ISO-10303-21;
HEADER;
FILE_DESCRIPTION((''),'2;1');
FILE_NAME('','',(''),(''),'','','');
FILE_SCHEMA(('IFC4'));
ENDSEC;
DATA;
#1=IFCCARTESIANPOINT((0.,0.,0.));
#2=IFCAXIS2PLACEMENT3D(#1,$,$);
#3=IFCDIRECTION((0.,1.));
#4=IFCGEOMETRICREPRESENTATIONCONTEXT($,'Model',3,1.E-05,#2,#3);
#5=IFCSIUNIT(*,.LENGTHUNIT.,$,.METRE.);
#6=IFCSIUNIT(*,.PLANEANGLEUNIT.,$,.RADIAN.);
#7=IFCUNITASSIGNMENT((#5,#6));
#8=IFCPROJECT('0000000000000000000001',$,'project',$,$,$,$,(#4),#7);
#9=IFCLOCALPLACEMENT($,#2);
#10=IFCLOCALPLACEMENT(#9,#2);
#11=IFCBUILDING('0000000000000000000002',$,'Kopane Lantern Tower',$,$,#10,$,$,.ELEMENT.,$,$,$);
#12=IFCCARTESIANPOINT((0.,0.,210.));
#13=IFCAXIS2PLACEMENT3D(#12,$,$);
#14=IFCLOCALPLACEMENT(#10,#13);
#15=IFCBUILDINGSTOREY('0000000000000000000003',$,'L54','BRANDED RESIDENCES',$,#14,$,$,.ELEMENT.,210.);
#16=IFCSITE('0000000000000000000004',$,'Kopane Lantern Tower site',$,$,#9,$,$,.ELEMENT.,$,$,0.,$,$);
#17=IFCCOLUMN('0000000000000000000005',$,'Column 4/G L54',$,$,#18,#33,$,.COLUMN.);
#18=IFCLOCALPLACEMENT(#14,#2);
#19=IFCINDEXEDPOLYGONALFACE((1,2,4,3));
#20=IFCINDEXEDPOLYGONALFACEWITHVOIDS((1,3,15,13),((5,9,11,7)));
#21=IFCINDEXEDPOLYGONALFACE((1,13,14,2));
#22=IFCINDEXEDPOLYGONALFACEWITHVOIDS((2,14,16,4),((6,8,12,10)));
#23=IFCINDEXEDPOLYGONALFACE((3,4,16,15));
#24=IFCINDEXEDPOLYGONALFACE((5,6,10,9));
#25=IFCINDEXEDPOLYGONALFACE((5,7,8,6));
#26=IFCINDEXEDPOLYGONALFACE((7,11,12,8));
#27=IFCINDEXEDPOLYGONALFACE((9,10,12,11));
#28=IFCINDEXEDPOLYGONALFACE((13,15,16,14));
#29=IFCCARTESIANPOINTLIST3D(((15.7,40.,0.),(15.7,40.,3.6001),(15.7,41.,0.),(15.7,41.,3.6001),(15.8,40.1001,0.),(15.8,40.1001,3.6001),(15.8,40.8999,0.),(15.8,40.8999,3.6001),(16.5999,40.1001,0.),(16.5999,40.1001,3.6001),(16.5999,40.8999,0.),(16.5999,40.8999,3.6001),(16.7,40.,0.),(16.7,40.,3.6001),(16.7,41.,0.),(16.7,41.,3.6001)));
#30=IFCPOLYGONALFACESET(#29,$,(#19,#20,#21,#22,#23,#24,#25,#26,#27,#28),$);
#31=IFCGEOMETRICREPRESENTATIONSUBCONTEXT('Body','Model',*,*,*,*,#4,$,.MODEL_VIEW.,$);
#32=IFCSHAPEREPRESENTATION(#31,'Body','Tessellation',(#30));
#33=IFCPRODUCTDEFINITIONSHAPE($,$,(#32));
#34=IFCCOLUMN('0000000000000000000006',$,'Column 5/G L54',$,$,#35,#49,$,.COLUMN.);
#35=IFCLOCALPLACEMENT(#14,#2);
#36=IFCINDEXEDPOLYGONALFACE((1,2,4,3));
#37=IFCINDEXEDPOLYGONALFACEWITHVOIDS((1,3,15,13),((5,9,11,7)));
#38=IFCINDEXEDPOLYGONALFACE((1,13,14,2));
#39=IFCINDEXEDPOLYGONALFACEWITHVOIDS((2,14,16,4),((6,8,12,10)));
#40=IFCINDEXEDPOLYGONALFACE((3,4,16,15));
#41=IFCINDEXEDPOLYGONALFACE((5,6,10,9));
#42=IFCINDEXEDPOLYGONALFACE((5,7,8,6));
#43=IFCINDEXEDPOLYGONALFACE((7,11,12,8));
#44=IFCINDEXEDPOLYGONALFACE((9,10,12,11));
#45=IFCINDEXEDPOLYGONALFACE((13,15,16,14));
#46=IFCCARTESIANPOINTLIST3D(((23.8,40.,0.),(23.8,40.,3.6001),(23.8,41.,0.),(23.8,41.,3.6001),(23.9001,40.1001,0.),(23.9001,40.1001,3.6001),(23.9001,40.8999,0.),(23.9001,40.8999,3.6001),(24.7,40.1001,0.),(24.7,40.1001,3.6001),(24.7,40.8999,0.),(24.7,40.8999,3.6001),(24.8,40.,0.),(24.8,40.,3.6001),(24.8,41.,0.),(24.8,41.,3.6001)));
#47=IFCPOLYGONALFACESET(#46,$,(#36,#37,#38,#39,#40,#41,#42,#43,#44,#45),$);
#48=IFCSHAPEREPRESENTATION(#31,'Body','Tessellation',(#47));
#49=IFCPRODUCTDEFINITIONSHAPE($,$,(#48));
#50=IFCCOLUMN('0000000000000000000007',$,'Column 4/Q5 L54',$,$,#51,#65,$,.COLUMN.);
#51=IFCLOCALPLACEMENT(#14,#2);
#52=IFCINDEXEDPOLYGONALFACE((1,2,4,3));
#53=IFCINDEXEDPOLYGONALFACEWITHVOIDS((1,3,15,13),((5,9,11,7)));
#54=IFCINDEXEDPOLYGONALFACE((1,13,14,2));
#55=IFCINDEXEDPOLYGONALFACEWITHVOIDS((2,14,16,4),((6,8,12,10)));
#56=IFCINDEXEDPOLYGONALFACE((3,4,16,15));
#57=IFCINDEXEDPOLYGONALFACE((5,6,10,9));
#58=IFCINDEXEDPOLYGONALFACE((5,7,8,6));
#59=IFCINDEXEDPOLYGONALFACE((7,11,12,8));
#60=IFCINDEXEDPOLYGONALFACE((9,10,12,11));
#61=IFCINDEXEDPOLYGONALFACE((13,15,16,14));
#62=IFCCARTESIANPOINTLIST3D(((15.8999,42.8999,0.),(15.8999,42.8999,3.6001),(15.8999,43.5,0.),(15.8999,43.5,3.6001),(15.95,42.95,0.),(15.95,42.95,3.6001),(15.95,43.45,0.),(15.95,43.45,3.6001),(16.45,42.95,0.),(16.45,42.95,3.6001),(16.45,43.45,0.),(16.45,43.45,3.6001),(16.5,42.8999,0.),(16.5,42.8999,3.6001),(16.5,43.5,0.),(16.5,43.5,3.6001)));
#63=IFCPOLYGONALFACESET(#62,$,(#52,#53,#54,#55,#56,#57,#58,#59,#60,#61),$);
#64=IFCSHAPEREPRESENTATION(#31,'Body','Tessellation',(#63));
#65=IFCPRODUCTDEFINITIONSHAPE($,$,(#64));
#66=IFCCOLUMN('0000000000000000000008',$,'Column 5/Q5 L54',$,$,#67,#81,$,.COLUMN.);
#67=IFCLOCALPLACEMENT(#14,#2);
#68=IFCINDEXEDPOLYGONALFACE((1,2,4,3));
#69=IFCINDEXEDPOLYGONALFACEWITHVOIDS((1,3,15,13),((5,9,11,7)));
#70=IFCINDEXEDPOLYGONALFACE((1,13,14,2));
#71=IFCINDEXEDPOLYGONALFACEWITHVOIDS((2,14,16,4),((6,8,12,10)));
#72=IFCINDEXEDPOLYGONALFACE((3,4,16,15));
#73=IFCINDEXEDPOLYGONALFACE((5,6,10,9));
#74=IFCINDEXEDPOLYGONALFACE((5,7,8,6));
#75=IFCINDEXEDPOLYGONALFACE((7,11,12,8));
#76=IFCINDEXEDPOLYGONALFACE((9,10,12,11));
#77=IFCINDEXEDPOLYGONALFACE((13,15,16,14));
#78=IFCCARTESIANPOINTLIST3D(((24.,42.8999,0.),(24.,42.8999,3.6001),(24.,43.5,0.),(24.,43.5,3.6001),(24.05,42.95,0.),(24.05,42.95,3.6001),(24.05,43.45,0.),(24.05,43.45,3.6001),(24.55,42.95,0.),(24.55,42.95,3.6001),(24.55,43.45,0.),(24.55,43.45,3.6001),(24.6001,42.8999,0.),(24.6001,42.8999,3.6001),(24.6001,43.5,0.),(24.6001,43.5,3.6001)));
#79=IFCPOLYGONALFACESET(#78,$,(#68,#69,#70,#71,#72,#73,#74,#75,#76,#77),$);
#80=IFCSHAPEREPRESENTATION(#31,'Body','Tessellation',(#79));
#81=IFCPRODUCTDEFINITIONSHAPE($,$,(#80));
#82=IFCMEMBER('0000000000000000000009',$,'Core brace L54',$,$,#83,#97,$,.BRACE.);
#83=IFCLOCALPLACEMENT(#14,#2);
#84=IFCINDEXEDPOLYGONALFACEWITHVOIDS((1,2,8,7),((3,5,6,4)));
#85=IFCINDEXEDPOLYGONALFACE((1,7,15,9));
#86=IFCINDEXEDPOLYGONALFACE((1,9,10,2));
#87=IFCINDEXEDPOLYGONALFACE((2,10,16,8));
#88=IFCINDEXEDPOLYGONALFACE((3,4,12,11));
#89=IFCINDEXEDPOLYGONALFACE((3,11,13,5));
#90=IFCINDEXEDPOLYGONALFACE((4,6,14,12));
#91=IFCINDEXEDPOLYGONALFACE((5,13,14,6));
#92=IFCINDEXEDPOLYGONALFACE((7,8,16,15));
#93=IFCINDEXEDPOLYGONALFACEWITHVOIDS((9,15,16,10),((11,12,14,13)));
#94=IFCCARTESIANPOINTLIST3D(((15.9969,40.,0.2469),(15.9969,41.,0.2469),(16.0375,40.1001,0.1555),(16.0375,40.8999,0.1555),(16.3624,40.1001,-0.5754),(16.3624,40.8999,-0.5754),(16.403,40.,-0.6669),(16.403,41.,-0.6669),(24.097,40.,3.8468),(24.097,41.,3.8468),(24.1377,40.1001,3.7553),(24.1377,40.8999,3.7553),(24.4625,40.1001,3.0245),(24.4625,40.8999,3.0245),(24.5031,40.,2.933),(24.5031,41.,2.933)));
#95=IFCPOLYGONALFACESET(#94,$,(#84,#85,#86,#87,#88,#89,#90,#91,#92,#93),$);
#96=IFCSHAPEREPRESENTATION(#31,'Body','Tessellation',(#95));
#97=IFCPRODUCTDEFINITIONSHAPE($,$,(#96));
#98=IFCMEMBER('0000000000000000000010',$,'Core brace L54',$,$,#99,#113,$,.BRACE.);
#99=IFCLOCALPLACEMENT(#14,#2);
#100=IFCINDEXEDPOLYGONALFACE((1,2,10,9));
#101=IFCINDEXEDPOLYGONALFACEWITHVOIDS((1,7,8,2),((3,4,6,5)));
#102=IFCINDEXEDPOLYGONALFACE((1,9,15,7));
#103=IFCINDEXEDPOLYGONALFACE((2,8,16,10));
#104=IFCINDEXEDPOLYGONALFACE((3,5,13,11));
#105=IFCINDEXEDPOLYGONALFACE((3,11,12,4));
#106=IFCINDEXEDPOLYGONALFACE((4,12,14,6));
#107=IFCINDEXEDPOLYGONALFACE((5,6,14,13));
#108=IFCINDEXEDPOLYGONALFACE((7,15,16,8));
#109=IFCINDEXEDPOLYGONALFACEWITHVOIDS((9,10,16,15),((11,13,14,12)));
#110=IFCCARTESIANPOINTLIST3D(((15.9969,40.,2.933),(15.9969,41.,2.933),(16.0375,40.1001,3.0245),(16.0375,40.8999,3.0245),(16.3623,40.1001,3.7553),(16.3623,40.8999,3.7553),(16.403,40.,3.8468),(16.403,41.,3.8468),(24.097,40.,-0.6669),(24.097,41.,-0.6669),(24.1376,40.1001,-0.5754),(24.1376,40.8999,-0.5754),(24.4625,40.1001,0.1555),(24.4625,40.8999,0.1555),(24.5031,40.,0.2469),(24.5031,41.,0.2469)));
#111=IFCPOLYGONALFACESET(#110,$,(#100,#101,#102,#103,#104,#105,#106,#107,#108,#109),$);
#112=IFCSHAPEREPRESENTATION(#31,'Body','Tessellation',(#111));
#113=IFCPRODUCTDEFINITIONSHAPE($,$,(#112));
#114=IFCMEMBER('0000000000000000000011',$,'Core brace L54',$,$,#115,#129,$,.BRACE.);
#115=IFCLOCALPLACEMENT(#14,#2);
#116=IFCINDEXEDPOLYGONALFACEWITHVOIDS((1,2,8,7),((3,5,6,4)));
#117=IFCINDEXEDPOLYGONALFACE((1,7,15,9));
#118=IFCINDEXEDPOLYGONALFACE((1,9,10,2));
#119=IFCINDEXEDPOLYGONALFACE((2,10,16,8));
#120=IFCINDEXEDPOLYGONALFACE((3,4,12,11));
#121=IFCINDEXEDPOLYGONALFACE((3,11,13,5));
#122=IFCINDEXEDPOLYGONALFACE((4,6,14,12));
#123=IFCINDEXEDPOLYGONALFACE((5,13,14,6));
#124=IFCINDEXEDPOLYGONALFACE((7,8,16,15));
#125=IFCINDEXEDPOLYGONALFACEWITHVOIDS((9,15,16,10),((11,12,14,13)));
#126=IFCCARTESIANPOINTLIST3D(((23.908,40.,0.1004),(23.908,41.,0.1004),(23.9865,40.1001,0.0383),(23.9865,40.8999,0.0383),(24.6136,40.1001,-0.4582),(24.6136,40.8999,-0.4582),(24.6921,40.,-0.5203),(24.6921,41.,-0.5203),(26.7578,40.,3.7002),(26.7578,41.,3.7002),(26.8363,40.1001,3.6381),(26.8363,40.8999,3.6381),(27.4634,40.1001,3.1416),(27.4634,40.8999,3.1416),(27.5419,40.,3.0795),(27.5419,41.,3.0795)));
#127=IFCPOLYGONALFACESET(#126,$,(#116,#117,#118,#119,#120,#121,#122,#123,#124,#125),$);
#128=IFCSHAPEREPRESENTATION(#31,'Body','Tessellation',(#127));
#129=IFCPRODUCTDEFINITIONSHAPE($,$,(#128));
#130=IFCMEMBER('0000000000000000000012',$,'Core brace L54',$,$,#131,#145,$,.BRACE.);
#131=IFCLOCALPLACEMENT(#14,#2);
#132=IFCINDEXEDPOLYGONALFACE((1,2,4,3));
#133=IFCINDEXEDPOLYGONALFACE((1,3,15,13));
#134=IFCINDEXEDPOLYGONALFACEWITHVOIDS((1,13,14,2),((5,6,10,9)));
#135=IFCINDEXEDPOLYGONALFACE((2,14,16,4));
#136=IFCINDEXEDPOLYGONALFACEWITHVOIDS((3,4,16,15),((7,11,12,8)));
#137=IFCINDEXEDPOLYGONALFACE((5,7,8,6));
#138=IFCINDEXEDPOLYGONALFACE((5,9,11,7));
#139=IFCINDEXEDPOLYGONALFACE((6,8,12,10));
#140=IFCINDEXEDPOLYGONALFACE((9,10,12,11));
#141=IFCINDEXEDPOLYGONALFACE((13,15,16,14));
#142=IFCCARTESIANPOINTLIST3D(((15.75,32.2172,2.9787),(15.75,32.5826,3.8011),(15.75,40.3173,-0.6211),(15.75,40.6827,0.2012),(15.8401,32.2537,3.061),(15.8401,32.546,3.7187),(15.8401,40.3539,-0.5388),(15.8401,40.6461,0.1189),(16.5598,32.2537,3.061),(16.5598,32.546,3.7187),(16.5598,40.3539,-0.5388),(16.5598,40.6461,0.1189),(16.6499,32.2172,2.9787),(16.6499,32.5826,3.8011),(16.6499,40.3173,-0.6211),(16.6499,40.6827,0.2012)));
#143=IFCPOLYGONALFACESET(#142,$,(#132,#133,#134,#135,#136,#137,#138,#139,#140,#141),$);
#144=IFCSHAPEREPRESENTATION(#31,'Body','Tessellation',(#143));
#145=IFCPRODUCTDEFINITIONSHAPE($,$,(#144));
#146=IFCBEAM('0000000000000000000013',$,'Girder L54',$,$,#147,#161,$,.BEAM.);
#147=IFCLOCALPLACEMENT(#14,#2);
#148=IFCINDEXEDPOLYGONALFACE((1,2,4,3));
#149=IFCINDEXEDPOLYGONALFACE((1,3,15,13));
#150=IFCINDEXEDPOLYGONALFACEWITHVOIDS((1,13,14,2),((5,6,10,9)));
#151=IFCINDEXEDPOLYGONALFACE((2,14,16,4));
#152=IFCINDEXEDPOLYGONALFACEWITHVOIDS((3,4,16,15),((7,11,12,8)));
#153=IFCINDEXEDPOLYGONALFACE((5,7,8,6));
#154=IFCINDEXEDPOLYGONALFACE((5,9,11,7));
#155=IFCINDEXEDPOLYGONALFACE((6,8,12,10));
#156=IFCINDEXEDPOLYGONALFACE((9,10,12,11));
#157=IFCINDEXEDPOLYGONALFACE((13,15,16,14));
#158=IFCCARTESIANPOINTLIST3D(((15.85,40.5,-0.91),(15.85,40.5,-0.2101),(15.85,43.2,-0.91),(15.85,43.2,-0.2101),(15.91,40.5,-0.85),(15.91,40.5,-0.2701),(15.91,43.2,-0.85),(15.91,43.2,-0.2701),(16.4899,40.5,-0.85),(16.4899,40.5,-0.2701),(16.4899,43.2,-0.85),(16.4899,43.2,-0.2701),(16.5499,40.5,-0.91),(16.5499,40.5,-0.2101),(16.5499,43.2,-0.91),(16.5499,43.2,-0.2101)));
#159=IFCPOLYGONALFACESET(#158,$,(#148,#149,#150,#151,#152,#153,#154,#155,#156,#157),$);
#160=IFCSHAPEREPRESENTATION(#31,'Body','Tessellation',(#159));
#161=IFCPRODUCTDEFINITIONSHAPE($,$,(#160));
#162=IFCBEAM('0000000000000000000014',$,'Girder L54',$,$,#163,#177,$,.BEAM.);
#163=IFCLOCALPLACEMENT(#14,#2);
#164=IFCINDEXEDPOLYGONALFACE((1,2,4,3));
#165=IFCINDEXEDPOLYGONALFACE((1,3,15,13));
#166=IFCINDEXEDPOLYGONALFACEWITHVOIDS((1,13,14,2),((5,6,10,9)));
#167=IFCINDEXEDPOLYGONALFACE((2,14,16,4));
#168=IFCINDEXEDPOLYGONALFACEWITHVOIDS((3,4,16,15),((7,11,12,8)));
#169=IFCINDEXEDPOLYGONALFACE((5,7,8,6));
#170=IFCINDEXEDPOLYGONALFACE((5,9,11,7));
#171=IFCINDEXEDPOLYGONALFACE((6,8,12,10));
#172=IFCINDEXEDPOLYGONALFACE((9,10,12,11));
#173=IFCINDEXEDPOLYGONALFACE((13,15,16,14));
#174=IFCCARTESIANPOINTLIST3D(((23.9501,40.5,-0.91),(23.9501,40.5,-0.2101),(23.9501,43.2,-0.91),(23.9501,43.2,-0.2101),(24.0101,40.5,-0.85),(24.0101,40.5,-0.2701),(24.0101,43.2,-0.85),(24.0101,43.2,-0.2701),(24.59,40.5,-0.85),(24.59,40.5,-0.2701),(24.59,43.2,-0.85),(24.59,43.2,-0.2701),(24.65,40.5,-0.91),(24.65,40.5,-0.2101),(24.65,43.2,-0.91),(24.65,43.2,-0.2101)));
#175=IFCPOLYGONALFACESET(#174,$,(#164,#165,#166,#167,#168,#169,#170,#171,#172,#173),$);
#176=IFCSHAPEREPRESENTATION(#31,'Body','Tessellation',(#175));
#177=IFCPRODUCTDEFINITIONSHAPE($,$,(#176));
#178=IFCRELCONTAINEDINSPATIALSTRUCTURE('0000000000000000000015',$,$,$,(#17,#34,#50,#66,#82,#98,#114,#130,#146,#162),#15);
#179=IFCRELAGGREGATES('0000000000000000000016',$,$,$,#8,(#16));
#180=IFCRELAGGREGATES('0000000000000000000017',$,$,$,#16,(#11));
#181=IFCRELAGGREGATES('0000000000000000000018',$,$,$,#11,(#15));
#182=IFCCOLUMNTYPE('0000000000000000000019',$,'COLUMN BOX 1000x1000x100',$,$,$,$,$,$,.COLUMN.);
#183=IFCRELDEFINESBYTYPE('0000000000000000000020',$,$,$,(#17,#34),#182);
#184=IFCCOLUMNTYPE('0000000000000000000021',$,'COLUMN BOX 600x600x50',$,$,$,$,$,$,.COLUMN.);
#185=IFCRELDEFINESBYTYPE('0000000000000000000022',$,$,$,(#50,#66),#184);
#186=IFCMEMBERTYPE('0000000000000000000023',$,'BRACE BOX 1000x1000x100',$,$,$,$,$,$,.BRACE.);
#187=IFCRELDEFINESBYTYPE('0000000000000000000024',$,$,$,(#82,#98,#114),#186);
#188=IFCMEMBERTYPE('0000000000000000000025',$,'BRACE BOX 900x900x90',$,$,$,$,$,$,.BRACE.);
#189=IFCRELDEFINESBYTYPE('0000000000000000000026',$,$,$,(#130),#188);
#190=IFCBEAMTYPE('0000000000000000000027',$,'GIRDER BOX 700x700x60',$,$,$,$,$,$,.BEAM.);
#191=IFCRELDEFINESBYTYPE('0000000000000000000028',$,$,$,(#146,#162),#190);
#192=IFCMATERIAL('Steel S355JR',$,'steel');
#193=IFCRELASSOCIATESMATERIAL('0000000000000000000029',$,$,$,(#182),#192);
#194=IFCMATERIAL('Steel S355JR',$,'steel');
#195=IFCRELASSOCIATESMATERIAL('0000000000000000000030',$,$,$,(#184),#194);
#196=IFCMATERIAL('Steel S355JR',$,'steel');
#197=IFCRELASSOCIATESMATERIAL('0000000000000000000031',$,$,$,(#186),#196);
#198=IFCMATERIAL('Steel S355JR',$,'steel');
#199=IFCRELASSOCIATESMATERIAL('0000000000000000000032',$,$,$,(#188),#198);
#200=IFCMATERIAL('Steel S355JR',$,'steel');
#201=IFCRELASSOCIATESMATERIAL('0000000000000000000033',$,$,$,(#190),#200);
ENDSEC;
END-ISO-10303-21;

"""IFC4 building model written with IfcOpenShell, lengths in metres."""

from ifc_helpers import new_model, si_unit, direction, frame, origin, origin_2d, place, context, subcontext, project, spatial, hollow_rectangle, extrude, material, material_profile, profile_set, type_object, element, save


model = new_model("IFC4")

# Units and contexts
model_context = context("Model", 3, precision=1e-05, world=origin(), true_north=direction((0.0, 1.0)))
body_context = subcontext(model_context, "Body", "Model", "MODEL_VIEW")
ifc_project = project(units=[si_unit("LENGTHUNIT", "METRE"), si_unit("PLANEANGLEUNIT", "RADIAN")], contexts=[model_context])

# Site, building, storey
site_placement = place(None, origin())
site = spatial("IfcSite", under=ifc_project, at=site_placement, Name="Kopane Lantern Tower site", CompositionType="ELEMENT", RefElevation=0.0)
building_placement = place(site_placement, origin())
building = spatial("IfcBuilding", under=site, at=building_placement, Name="Kopane Lantern Tower", CompositionType="ELEMENT")
storey_placement = place(building_placement, frame((0.0, 0.0, 210.0)))
storey = spatial("IfcBuildingStorey", under=building, at=storey_placement, Name="L54", Description="BRANDED RESIDENCES", CompositionType="ELEMENT", Elevation=210.0)

# Columns
ifc_material_1 = material(Name="Steel S355JR", Category="steel")
ifc_material_profile_1 = material_profile(ifc_material_1, hollow_rectangle(XDim=1.0, YDim=1.0, WallThickness=0.1001, at=origin_2d()), Name="BOX 1000x1000x100")
ifc_profile_set_1 = profile_set([ifc_material_profile_1], Name="Steel S355JR")
column_type_1 = type_object("IfcColumnType", Name="COLUMN BOX 1000x1000x100", PredefinedType="COLUMN", material=ifc_profile_set_1)
for number, where, z_axis, x_axis, name in (
    (1, (16.2, 40.5, 0.0), (0.0, 0.0, 1.0), (1.0, 0.0, 0.0), "Column 4/G L54"),
    (2, (24.3, 40.5, 0.0), (0.0, 0.0, 1.0), (1.0, 0.0, 0.0), "Column 5/G L54"),
):
    element("IfcColumn", number, at=place(storey_placement, frame(where, z_axis=z_axis, x_axis=x_axis)), inside=storey, type_object=column_type_1, Name=name, PredefinedType="COLUMN", context=body_context, shape_type="SweptSolid", body=[
        extrude(hollow_rectangle(XDim=1.0, YDim=1.0, WallThickness=0.1001, at=origin_2d()), origin(), (0.0, 0.0, 1.0), 3.6001),
    ])
ifc_material_2 = material(Name="Steel S355JR", Category="steel")
ifc_material_profile_2 = material_profile(ifc_material_2, hollow_rectangle(XDim=0.6001, YDim=0.6001, WallThickness=0.05, at=origin_2d()), Name="BOX 600x600x50")
ifc_profile_set_2 = profile_set([ifc_material_profile_2], Name="Steel S355JR")
column_type_2 = type_object("IfcColumnType", Name="COLUMN BOX 600x600x50", PredefinedType="COLUMN", material=ifc_profile_set_2)
for number, where, z_axis, x_axis, name in (
    (3, (16.2, 43.2, 0.0), (0.0, 0.0, 1.0), (1.0, 0.0, 0.0), "Column 4/Q5 L54"),
    (4, (24.3, 43.2, 0.0), (0.0, 0.0, 1.0), (1.0, 0.0, 0.0), "Column 5/Q5 L54"),
):
    element("IfcColumn", number, at=place(storey_placement, frame(where, z_axis=z_axis, x_axis=x_axis)), inside=storey, type_object=column_type_2, Name=name, PredefinedType="COLUMN", context=body_context, shape_type="SweptSolid", body=[
        extrude(hollow_rectangle(XDim=0.6001, YDim=0.6001, WallThickness=0.05, at=origin_2d()), origin(), (0.0, 0.0, 1.0), 3.6001),
    ])

# Members
ifc_material_3 = material(Name="Steel S355JR", Category="steel")
ifc_material_profile_3 = material_profile(ifc_material_3, hollow_rectangle(XDim=1.0, YDim=1.0, WallThickness=0.1001, at=origin_2d()), Name="BOX 1000x1000x100")
ifc_profile_set_3 = profile_set([ifc_material_profile_3], Name="Steel S355JR")
member_type_1 = type_object("IfcMemberType", Name="BRACE BOX 1000x1000x100", PredefinedType="BRACE", material=ifc_profile_set_3)
for number, where, z_axis, x_axis, name in (
    (5, (16.2, 40.5, -0.21), (0.913819, 0.0, 0.406121), (0.0, 1.0, 0.0), "Core brace L54"),
    (6, (24.3, 40.5, -0.21), (-0.913819, 0.0, 0.406121), (0.0, -1.0, 0.0), "Core brace L54"),
):
    element("IfcMember", number, at=place(storey_placement, frame(where, z_axis=z_axis, x_axis=x_axis)), inside=storey, type_object=member_type_1, Name=name, PredefinedType="BRACE", context=body_context, shape_type="SweptSolid", body=[
        extrude(hollow_rectangle(XDim=1.0, YDim=1.0, WallThickness=0.1001, at=origin_2d()), origin(), (0.0, 0.0, 1.0), 8.864),
    ])
member_1_placement = place(storey_placement, frame((24.3, 40.5, -0.21), z_axis=(0.620699, 0.0, 0.784049), x_axis=(0.0, 1.0, 0.0)))
element("IfcMember", 7, at=member_1_placement, inside=storey, type_object=member_type_1, Name="Core brace L54", PredefinedType="BRACE", context=body_context, shape_type="SweptSolid", body=[
    extrude(hollow_rectangle(XDim=1.0, YDim=1.0, WallThickness=0.1001, at=origin_2d()), origin(), (0.0, 0.0, 1.0), 4.5913),
])
ifc_material_4 = material(Name="Steel S355JR", Category="steel")
ifc_material_profile_4 = material_profile(ifc_material_4, hollow_rectangle(XDim=0.8999, YDim=0.8999, WallThickness=0.0901, at=origin_2d()), Name="BOX 900x900x90")
ifc_profile_set_4 = profile_set([ifc_material_profile_4], Name="Steel S355JR")
member_type_2 = type_object("IfcMemberType", Name="BRACE BOX 900x900x90", PredefinedType="BRACE", material=ifc_profile_set_4)
member_2_placement = place(storey_placement, frame((16.2, 40.5, -0.21), z_axis=(0.0, -0.913819, 0.406121), x_axis=(1.0, 0.0, 0.0)))
element("IfcMember", 8, at=member_2_placement, inside=storey, type_object=member_type_2, Name="Core brace L54", PredefinedType="BRACE", context=body_context, shape_type="SweptSolid", body=[
    extrude(hollow_rectangle(XDim=0.8999, YDim=0.8999, WallThickness=0.0901, at=origin_2d()), origin(), (0.0, 0.0, 1.0), 8.864),
])

# Beams
ifc_material_5 = material(Name="Steel S355JR", Category="steel")
ifc_material_profile_5 = material_profile(ifc_material_5, hollow_rectangle(XDim=0.7, YDim=0.7, WallThickness=0.0601, at=origin_2d()), Name="BOX 700x700x60")
ifc_profile_set_5 = profile_set([ifc_material_profile_5], Name="Steel S355JR")
beam_type_1 = type_object("IfcBeamType", Name="GIRDER BOX 700x700x60", PredefinedType="BEAM", material=ifc_profile_set_5)
for number, where, z_axis, x_axis, name in (
    (9, (16.2, 40.5, -0.5601), (0.0, 1.0, 0.0), (-1.0, 0.0, 0.0), "Girder L54"),
    (10, (24.3, 40.5, -0.5601), (0.0, 1.0, 0.0), (-1.0, 0.0, 0.0), "Girder L54"),
):
    element("IfcBeam", number, at=place(storey_placement, frame(where, z_axis=z_axis, x_axis=x_axis)), inside=storey, type_object=beam_type_1, Name=name, PredefinedType="BEAM", context=body_context, shape_type="SweptSolid", body=[
        extrude(hollow_rectangle(XDim=0.7, YDim=0.7, WallThickness=0.0601, at=origin_2d()), origin(), (0.0, 0.0, 1.0), 2.7),
    ])

save(model, "model.ifc")
